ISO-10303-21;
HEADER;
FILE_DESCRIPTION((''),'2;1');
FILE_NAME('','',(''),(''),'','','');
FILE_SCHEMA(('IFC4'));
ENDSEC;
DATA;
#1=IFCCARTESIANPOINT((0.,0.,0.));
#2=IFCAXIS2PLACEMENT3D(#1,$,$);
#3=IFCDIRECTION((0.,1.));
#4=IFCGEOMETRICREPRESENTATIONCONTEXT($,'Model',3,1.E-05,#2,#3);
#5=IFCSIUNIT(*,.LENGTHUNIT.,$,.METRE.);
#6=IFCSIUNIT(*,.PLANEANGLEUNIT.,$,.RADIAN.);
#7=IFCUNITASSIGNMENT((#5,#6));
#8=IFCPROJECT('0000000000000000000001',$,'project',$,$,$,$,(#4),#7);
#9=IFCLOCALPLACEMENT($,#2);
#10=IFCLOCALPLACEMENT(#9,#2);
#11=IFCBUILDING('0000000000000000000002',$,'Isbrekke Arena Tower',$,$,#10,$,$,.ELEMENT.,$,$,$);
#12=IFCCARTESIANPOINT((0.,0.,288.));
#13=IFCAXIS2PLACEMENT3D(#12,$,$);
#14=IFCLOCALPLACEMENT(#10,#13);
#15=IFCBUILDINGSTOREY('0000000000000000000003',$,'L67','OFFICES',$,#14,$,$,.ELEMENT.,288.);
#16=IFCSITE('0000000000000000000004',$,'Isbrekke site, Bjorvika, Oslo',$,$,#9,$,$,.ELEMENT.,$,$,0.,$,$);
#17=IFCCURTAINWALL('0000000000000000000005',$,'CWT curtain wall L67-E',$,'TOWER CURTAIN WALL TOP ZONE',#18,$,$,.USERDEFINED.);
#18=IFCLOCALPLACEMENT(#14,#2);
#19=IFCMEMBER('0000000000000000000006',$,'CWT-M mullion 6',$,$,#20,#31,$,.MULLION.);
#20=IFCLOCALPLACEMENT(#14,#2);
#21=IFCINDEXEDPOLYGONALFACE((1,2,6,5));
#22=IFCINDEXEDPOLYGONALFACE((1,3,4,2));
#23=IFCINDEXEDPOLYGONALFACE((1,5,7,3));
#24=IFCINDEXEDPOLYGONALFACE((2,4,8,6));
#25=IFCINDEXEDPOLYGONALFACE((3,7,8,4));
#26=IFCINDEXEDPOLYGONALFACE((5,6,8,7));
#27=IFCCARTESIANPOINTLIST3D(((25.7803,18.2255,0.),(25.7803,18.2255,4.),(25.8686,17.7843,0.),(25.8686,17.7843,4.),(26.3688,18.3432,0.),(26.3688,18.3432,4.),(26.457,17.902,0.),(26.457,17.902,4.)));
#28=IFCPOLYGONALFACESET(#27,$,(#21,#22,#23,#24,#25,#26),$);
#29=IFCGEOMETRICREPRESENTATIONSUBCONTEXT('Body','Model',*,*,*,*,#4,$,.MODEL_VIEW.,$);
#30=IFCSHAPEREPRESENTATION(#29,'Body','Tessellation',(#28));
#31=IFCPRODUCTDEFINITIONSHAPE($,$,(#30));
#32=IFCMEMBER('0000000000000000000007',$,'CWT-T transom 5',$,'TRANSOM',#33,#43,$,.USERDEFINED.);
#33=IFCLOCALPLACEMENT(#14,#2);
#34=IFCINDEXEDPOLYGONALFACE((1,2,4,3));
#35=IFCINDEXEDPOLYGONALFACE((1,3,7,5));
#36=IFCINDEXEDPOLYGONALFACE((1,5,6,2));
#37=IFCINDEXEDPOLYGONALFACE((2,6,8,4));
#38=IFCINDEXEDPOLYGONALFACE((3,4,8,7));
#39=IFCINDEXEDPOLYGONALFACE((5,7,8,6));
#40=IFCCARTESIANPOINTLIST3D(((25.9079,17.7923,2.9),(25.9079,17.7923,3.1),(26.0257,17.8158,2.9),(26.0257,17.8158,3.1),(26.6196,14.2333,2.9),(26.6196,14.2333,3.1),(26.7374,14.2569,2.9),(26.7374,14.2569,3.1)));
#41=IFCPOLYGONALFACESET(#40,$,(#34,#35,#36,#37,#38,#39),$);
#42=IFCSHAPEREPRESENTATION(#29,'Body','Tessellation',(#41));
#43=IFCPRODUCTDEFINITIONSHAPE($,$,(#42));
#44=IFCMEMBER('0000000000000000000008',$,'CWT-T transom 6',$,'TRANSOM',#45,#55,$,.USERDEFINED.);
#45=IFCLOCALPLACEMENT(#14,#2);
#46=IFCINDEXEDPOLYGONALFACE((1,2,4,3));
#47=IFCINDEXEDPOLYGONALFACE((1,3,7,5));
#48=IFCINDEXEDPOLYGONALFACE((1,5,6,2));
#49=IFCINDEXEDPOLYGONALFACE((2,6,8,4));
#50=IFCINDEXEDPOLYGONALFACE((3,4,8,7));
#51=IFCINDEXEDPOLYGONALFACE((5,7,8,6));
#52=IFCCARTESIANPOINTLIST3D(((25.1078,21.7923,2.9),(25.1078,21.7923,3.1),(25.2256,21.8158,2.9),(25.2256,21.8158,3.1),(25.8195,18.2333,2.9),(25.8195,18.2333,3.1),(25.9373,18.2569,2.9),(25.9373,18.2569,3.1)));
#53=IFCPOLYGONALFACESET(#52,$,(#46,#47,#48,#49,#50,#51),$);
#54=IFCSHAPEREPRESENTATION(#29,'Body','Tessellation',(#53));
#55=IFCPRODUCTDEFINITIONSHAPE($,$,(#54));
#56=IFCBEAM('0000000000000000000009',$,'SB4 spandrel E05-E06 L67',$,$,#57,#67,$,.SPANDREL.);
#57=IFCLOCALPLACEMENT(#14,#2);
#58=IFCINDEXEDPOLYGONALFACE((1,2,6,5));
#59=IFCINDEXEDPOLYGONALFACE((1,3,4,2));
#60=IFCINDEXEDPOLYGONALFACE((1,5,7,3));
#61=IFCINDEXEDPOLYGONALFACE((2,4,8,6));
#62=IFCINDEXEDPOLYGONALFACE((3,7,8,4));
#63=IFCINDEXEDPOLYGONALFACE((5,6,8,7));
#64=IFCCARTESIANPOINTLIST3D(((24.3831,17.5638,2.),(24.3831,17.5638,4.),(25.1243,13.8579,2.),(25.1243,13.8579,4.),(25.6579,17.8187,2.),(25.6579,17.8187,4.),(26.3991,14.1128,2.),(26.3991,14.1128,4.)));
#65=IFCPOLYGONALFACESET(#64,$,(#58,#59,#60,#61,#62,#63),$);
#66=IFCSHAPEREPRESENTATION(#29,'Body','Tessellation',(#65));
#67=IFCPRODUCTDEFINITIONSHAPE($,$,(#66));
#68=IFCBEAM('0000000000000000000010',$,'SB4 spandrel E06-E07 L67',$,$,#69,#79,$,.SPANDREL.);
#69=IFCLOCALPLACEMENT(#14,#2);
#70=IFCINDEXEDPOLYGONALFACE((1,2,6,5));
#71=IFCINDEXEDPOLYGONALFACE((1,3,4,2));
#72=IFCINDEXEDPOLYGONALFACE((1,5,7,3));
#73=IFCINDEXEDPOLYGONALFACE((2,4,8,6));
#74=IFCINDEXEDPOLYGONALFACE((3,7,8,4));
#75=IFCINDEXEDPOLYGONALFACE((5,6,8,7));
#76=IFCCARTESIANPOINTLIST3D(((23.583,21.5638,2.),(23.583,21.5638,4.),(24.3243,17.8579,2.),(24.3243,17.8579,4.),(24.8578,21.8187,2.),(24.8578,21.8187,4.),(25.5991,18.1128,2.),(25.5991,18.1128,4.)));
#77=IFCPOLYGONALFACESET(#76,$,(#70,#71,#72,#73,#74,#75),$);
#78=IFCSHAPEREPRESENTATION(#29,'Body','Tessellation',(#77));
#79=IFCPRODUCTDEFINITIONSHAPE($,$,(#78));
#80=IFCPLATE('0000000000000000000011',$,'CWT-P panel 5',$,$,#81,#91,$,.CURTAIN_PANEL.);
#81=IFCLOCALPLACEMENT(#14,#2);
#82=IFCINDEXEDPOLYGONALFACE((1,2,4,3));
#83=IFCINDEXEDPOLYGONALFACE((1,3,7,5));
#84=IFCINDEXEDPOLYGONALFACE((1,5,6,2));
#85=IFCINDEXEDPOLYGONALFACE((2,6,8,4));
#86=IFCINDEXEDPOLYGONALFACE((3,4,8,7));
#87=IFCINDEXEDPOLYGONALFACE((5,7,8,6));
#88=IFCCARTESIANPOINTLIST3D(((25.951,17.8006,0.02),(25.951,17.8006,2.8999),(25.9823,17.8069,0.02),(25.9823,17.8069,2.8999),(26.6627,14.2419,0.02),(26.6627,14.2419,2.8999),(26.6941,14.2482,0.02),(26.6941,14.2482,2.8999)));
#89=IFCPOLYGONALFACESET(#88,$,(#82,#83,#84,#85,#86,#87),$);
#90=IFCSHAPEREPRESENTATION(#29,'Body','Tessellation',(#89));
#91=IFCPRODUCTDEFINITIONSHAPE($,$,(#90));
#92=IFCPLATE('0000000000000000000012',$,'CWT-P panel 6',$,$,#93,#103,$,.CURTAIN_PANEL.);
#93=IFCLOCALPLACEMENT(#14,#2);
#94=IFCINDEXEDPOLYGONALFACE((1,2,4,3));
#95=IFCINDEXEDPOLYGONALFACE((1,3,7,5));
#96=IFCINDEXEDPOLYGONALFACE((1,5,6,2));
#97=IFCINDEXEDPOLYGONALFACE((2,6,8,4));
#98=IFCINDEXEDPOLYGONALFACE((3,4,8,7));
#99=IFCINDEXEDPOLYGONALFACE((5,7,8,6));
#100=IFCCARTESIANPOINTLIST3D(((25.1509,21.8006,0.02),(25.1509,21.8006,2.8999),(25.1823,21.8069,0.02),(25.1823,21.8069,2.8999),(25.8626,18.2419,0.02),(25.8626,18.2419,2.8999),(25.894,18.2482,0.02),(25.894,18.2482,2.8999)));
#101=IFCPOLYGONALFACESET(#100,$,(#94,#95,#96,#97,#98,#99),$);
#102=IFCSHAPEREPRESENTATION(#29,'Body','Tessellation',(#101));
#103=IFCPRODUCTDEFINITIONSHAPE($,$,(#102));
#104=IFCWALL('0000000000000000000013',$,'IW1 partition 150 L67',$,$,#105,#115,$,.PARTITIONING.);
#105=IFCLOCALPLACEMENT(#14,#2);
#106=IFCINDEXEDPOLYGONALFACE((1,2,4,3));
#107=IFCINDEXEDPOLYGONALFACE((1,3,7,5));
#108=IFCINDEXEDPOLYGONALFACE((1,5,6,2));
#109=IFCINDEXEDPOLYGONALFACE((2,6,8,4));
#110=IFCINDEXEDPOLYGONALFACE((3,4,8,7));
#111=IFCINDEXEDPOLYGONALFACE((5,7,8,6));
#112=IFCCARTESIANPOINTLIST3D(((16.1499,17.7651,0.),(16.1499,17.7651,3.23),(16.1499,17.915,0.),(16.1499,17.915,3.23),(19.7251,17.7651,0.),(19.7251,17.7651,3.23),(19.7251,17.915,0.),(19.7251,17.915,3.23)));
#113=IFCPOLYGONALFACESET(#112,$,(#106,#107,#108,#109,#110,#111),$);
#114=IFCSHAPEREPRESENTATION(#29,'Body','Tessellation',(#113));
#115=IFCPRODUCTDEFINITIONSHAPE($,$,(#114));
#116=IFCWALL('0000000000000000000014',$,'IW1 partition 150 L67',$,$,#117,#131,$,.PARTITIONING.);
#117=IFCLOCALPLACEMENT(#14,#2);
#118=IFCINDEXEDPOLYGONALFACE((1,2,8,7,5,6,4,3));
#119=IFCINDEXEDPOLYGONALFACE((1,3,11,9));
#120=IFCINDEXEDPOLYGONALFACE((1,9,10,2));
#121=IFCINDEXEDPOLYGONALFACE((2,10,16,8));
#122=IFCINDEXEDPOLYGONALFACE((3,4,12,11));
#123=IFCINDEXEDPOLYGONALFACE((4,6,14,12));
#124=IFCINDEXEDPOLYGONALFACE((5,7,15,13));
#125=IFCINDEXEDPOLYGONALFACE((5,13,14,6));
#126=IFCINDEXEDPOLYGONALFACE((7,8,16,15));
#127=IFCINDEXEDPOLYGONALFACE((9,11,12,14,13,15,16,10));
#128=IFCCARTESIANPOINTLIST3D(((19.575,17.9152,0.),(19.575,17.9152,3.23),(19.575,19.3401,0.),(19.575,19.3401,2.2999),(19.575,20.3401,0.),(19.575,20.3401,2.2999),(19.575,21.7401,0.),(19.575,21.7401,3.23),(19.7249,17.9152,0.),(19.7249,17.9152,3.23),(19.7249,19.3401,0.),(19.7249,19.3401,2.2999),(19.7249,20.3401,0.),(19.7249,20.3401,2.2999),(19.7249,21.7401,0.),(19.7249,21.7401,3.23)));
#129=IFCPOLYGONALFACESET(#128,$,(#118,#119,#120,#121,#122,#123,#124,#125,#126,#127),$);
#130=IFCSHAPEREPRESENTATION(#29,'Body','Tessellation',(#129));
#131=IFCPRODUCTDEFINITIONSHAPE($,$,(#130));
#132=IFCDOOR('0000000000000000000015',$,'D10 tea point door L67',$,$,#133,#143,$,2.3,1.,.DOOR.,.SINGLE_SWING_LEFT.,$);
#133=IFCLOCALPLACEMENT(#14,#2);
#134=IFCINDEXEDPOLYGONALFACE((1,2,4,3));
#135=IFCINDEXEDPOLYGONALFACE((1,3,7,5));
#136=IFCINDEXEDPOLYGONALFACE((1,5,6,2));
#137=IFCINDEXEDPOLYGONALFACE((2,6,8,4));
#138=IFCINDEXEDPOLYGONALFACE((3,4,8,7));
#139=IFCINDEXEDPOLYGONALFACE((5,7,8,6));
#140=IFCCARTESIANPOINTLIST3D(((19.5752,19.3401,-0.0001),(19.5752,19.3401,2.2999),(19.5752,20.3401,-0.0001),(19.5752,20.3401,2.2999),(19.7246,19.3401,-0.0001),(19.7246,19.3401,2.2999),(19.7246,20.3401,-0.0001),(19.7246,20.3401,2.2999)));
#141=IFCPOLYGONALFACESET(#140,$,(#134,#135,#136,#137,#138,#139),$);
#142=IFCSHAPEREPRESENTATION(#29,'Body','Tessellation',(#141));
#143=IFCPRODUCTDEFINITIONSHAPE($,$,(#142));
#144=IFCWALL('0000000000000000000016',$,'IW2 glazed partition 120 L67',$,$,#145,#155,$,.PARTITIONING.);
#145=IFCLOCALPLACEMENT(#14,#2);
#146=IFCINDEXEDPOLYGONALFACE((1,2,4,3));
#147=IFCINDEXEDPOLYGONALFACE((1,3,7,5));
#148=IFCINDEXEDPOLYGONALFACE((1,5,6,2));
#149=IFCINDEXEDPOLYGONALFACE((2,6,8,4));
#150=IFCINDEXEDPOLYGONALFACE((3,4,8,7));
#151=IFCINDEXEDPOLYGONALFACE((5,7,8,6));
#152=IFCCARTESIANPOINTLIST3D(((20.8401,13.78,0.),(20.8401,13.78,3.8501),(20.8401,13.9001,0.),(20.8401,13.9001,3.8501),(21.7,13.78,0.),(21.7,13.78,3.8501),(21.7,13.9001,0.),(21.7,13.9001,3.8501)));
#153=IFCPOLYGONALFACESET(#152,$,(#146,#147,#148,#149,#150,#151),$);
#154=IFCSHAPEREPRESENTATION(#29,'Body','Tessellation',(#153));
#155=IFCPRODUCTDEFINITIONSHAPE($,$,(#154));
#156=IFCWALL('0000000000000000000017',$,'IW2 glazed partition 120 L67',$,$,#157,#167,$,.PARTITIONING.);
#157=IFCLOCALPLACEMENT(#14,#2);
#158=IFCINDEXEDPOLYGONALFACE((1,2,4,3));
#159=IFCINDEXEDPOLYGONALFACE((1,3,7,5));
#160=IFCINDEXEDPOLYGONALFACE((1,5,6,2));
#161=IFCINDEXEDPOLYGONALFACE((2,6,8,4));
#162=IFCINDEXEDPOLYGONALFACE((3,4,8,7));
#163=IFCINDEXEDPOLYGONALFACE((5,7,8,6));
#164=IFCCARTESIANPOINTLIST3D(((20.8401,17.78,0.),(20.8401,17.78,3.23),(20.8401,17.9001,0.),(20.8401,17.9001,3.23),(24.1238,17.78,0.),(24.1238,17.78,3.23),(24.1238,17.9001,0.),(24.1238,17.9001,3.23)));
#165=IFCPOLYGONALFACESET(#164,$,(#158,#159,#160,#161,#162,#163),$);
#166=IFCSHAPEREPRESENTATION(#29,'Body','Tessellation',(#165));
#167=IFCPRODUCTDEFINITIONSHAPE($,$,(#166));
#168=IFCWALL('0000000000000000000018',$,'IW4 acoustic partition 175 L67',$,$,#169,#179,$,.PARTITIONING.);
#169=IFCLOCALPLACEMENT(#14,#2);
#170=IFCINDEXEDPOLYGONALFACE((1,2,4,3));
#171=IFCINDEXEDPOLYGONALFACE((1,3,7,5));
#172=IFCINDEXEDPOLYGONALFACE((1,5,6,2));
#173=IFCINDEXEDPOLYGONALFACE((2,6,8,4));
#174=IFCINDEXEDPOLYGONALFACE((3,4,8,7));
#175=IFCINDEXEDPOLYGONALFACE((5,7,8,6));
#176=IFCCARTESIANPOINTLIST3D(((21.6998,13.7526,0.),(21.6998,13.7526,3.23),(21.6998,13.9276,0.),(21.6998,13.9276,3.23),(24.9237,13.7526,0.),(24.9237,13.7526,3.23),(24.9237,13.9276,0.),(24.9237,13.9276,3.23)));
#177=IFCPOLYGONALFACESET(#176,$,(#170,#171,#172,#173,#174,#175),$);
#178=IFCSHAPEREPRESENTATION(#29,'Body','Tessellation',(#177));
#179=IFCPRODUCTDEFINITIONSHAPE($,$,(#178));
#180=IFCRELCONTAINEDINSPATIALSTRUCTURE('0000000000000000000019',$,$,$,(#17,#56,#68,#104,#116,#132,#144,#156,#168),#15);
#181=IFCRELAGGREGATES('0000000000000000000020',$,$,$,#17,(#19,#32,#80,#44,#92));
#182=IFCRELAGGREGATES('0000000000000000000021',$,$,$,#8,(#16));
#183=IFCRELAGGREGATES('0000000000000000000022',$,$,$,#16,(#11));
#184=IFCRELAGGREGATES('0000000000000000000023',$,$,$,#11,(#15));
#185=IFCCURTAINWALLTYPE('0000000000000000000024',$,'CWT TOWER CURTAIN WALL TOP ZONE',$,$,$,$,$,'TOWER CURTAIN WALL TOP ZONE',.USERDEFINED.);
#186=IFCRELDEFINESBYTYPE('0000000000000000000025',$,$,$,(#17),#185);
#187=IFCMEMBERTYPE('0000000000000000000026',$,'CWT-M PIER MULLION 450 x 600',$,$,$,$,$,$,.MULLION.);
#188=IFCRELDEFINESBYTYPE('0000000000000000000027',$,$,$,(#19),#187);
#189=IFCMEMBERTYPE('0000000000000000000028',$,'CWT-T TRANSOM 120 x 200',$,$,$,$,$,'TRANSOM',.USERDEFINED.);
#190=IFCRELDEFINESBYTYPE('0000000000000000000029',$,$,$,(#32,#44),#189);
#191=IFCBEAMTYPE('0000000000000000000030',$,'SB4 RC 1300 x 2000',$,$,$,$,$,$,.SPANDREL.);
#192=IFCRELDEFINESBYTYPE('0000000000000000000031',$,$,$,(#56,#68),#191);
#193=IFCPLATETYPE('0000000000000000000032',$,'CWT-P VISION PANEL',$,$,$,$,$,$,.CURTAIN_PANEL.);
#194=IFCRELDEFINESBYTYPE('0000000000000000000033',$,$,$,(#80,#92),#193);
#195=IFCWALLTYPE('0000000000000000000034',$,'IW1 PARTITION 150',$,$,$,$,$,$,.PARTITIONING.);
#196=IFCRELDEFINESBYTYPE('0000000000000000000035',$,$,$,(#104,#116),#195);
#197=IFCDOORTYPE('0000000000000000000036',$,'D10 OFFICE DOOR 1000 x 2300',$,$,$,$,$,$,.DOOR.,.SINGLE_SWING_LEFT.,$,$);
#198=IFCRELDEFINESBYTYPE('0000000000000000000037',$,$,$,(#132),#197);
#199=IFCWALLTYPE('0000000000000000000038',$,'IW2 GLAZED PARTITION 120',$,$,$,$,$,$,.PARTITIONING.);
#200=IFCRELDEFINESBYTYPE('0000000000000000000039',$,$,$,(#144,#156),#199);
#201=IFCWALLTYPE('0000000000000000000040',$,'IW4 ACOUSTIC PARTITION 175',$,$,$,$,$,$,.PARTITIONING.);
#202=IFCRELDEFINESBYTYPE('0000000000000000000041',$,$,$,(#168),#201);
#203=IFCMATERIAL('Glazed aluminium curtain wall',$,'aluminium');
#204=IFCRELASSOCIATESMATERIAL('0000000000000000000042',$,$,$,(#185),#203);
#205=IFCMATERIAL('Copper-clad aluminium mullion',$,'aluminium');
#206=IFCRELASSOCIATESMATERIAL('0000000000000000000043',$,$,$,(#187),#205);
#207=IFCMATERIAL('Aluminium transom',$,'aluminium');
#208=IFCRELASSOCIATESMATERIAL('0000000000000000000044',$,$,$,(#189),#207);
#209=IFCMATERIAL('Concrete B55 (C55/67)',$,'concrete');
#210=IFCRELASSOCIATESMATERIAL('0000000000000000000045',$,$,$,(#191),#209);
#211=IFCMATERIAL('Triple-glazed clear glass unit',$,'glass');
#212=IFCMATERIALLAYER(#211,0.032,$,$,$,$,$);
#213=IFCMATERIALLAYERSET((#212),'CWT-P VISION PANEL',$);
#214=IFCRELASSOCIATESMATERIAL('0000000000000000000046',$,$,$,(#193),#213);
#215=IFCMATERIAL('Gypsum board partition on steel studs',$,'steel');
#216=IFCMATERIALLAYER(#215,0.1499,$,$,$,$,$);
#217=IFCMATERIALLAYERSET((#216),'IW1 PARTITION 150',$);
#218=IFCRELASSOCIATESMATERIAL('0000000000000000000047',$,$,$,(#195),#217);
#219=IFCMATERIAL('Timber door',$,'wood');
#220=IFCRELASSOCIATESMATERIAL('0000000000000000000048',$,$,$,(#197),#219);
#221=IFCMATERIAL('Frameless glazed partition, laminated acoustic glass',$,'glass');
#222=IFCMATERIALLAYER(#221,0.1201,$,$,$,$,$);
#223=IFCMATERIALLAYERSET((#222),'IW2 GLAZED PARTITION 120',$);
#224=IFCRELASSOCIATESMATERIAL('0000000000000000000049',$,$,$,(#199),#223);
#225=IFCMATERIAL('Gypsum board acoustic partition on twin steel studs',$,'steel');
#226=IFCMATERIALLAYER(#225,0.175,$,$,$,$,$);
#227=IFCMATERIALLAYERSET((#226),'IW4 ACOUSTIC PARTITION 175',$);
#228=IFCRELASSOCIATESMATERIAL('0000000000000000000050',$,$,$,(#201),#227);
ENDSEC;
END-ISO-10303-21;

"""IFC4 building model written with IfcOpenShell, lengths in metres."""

from ifc_helpers import new_model, si_unit, direction, frame, frame_2d, origin, origin_2d, place, context, subcontext, project, spatial, rectangle, extrude, material, layer, layer_set, material_profile, profile_set, type_object, element, fill, aggregate, save


model = new_model("IFC4")

# Units and contexts
model_context = context("Model", 3, precision=1e-05, world=origin(), true_north=direction((0.0, 1.0)))
body_context = subcontext(model_context, "Body", "Model", "MODEL_VIEW")
ifc_project = project(units=[si_unit("LENGTHUNIT", "METRE"), si_unit("PLANEANGLEUNIT", "RADIAN")], contexts=[model_context])

# Site, building, storey
site_placement = place(None, origin())
site = spatial("IfcSite", under=ifc_project, at=site_placement, Name="Isbrekke site, Bjorvika, Oslo", CompositionType="ELEMENT", RefElevation=0.0)
building_placement = place(site_placement, origin())
building = spatial("IfcBuilding", under=site, at=building_placement, Name="Isbrekke Arena Tower", CompositionType="ELEMENT")
storey_placement = place(building_placement, frame((0.0, 0.0, 288.0)))
storey = spatial("IfcBuildingStorey", under=building, at=storey_placement, Name="L67", Description="OFFICES", CompositionType="ELEMENT", Elevation=288.0)

# Curtain wall, members
ifc_material_1 = material(Name="Glazed aluminium curtain wall", Category="aluminium")
curtain_wall_type = type_object("IfcCurtainWallType", Name="CWT TOWER CURTAIN WALL TOP ZONE", ElementType="TOWER CURTAIN WALL TOP ZONE", PredefinedType="USERDEFINED", material=ifc_material_1)
curtain_wall_placement = place(storey_placement, origin())
curtain_wall = element("IfcCurtainWall", 1, at=curtain_wall_placement, inside=storey, type_object=curtain_wall_type, Name="CWT curtain wall L67-E", ObjectType="TOWER CURTAIN WALL TOP ZONE", PredefinedType="USERDEFINED")
ifc_material_2 = material(Name="Copper-clad aluminium mullion", Category="aluminium")
ifc_material_profile_1 = material_profile(ifc_material_2, rectangle(XDim=0.45, YDim=0.6001, at=origin_2d()), Name="PIER 450X600")
ifc_profile_set_1 = profile_set([ifc_material_profile_1], Name="Copper-clad aluminium mullion")
member_type_1 = type_object("IfcMemberType", Name="CWT-M PIER MULLION 450 x 600", PredefinedType="MULLION", material=ifc_profile_set_1)
member_1_placement = place(storey_placement, frame((26.1187, 18.0637, 0.0), z_axis=(0.0, 0.0, 1.0), x_axis=(-0.196116, 0.980581, 0.0)))
member_1 = element("IfcMember", 2, at=member_1_placement, type_object=member_type_1, Name="CWT-M mullion 6", PredefinedType="MULLION", context=body_context, shape_type="SweptSolid", body=[
    extrude(rectangle(XDim=0.45, YDim=0.6001, at=origin_2d()), origin(), (0.0, 0.0, 1.0), 4.0),
])
ifc_material_3 = material(Name="Aluminium transom", Category="aluminium")
ifc_material_profile_2 = material_profile(ifc_material_3, rectangle(XDim=0.1201, YDim=0.2, at=origin_2d()), Name="TRANSOM 120X200")
ifc_profile_set_2 = profile_set([ifc_material_profile_2], Name="Aluminium transom")
member_type_2 = type_object("IfcMemberType", Name="CWT-T TRANSOM 120 x 200", ElementType="TRANSOM", PredefinedType="USERDEFINED", material=ifc_profile_set_2)
member_2_placement = place(storey_placement, frame((26.6785, 14.2451, 3.0), z_axis=(-0.19609, 0.980586, 0.0), x_axis=(-0.980586, -0.19609, 0.0)))
member_2 = element("IfcMember", 3, at=member_2_placement, type_object=member_type_2, Name="CWT-T transom 5", ObjectType="TRANSOM", PredefinedType="USERDEFINED", context=body_context, shape_type="SweptSolid", body=[
    extrude(rectangle(XDim=0.1201, YDim=0.2, at=origin_2d()), origin(), (0.0, 0.0, 1.0), 3.6294),
])
member_3_placement = place(storey_placement, frame((25.8784, 18.2451, 3.0), z_axis=(-0.19609, 0.980586, 0.0), x_axis=(-0.980586, -0.19609, 0.0)))
member_3 = element("IfcMember", 4, at=member_3_placement, type_object=member_type_2, Name="CWT-T transom 6", ObjectType="TRANSOM", PredefinedType="USERDEFINED", context=body_context, shape_type="SweptSolid", body=[
    extrude(rectangle(XDim=0.1201, YDim=0.2, at=origin_2d()), origin(), (0.0, 0.0, 1.0), 3.6294),
])

# Beams
ifc_material_4 = material(Name="Concrete B55 (C55/67)", Category="concrete")
ifc_material_profile_3 = material_profile(ifc_material_4, rectangle(XDim=1.3, YDim=2.0, at=origin_2d()), Name="RC 1300x2000")
ifc_profile_set_3 = profile_set([ifc_material_profile_3], Name="Concrete B55 (C55/67)")
beam_type_1 = type_object("IfcBeamType", Name="SB4 RC 1300 x 2000", PredefinedType="SPANDREL", material=ifc_profile_set_3)
for number, where, z_axis, x_axis, name in (
    (5, (25.7617, 13.9854, 3.0), (-0.196129, 0.980578, 0.0), (-0.980578, -0.196129, 0.0), "SB4 spandrel E05-E06 L67"),
    (6, (24.9617, 17.9854, 3.0), (-0.196129, 0.980578, 0.0), (-0.980578, -0.196129, 0.0), "SB4 spandrel E06-E07 L67"),
):
    element("IfcBeam", number, at=place(storey_placement, frame(where, z_axis=z_axis, x_axis=x_axis)), inside=storey, type_object=beam_type_1, Name=name, PredefinedType="SPANDREL", context=body_context, shape_type="SweptSolid", body=[
        extrude(rectangle(XDim=1.3, YDim=2.0, at=origin_2d()), origin(), (0.0, 0.0, 1.0), 3.7793),
    ])

# Plates
ifc_material_5 = material(Name="Triple-glazed clear glass unit", Category="glass")
ifc_layer_1 = layer(ifc_material_5, 0.032)
ifc_layer_set_1 = layer_set([ifc_layer_1], Name="CWT-P VISION PANEL")
plate_type = type_object("IfcPlateType", Name="CWT-P VISION PANEL", PredefinedType="CURTAIN_PANEL", material=ifc_layer_set_1)
plate_1_placement = place(storey_placement, frame((26.3225, 16.0244, 0.02), z_axis=(0.0, 0.0, 1.0), x_axis=(-0.196116, 0.980581, 0.0)))
plate_1 = element("IfcPlate", 7, at=plate_1_placement, type_object=plate_type, Name="CWT-P panel 5", PredefinedType="CURTAIN_PANEL", context=body_context, shape_type="SweptSolid", body=[
    extrude(rectangle(XDim=3.6292, YDim=0.032, at=origin_2d()), origin(), (0.0, 0.0, 1.0), 2.8799),
])
plate_2_placement = place(storey_placement, frame((25.5225, 20.0244, 0.02), z_axis=(0.0, 0.0, 1.0), x_axis=(-0.196116, 0.980581, 0.0)))
plate_2 = element("IfcPlate", 8, at=plate_2_placement, type_object=plate_type, Name="CWT-P panel 6", PredefinedType="CURTAIN_PANEL", context=body_context, shape_type="SweptSolid", body=[
    extrude(rectangle(XDim=3.6292, YDim=0.032, at=origin_2d()), origin(), (0.0, 0.0, 1.0), 2.8799),
])
aggregate(curtain_wall, [member_1, member_2, plate_1, member_3, plate_2])

# Wall
ifc_material_6 = material(Name="Gypsum board partition on steel studs", Category="steel")
ifc_layer_2 = layer(ifc_material_6, 0.1499)
ifc_layer_set_2 = layer_set([ifc_layer_2], Name="IW1 PARTITION 150")
wall_type_1 = type_object("IfcWallType", Name="IW1 PARTITION 150", PredefinedType="PARTITIONING", material=ifc_layer_set_2)
wall_1_placement = place(storey_placement, frame((16.1499, 17.8401, 0.0), z_axis=(0.0, 0.0, 1.0), x_axis=(1.0, 0.0, 0.0)))
element("IfcWall", 9, at=wall_1_placement, inside=storey, type_object=wall_type_1, Name="IW1 partition 150 L67", PredefinedType="PARTITIONING", context=body_context, shape_type="SweptSolid", body=[
    extrude(rectangle(XDim=3.5752, YDim=0.1499, at=frame_2d((1.7876, 0.0))), origin(), (0.0, 0.0, 1.0), 3.23),
])

# Wall, opening, door
wall_2_placement = place(storey_placement, frame((19.6499, 17.915, 0.0), z_axis=(0.0, 0.0, 1.0), x_axis=(0.0, 1.0, 0.0)))
wall_2 = element("IfcWall", 10, at=wall_2_placement, inside=storey, type_object=wall_type_1, Name="IW1 partition 150 L67", PredefinedType="PARTITIONING", context=body_context, shape_type="SweptSolid", body=[
    extrude(rectangle(XDim=3.825, YDim=0.1499, at=frame_2d((1.9126, 0.0))), origin(), (0.0, 0.0, 1.0), 3.23),
])
opening_1_placement = place(wall_2_placement, frame((1.425, 0.0, 0.0)))
opening_1 = element("IfcOpeningElement", 11, at=opening_1_placement, cuts=wall_2, PredefinedType="OPENING", context=body_context, shape_type="SweptSolid", body=[
    extrude(rectangle(XDim=1.0, YDim=2.3, at=frame_2d((0.5, 1.1499))), frame((0.0, 0.0898, 0.0), z_axis=(0.0, -1.0, 0.0), x_axis=(1.0, 0.0, 0.0)), (0.0, 0.0, 1.0), 0.1797),
])
ifc_material_7 = material(Name="Timber door", Category="wood")
door_type_1 = type_object("IfcDoorType", Name="D10 OFFICE DOOR 1000 x 2300", OperationType="SINGLE_SWING_LEFT", PredefinedType="DOOR", material=ifc_material_7)
door_1_placement = place(opening_1_placement, origin())
door_1 = element("IfcDoor", 12, at=door_1_placement, inside=storey, type_object=door_type_1, Name="D10 tea point door L67", OperationType="SINGLE_SWING_LEFT", OverallHeight=2.3, OverallWidth=1.0, PredefinedType="DOOR", context=body_context, shape_type="SweptSolid", body=[
    extrude(rectangle(XDim=1.0, YDim=2.3, at=frame_2d((0.5, 1.1499))), frame((0.0, 0.0747, 0.0), z_axis=(0.0, -1.0, 0.0), x_axis=(1.0, 0.0, 0.0)), (0.0, 0.0, 1.0), 0.1494),
])
fill(opening_1, door_1)

# Walls
ifc_material_8 = material(Name="Frameless glazed partition, laminated acoustic glass", Category="glass")
ifc_layer_3 = layer(ifc_material_8, 0.1201)
ifc_layer_set_3 = layer_set([ifc_layer_3], Name="IW2 GLAZED PARTITION 120")
wall_type_2 = type_object("IfcWallType", Name="IW2 GLAZED PARTITION 120", PredefinedType="PARTITIONING", material=ifc_layer_set_3)
wall_3_placement = place(storey_placement, frame((20.8401, 13.8401, 0.0), z_axis=(0.0, 0.0, 1.0), x_axis=(1.0, 0.0, 0.0)))
element("IfcWall", 13, at=wall_3_placement, inside=storey, type_object=wall_type_2, Name="IW2 glazed partition 120 L67", PredefinedType="PARTITIONING", context=body_context, shape_type="SweptSolid", body=[
    extrude(rectangle(XDim=0.8599, YDim=0.1201, at=frame_2d((0.4299, 0.0))), origin(), (0.0, 0.0, 1.0), 3.8501),
])
wall_4_placement = place(storey_placement, frame((20.8401, 17.8401, 0.0), z_axis=(0.0, 0.0, 1.0), x_axis=(1.0, 0.0, 0.0)))
element("IfcWall", 14, at=wall_4_placement, inside=storey, type_object=wall_type_2, Name="IW2 glazed partition 120 L67", PredefinedType="PARTITIONING", context=body_context, shape_type="SweptSolid", body=[
    extrude(rectangle(XDim=3.2837, YDim=0.1201, at=frame_2d((1.6418, 0.0))), origin(), (0.0, 0.0, 1.0), 3.23),
])

# Wall
ifc_material_9 = material(Name="Gypsum board acoustic partition on twin steel studs", Category="steel")
ifc_layer_4 = layer(ifc_material_9, 0.175)
ifc_layer_set_4 = layer_set([ifc_layer_4], Name="IW4 ACOUSTIC PARTITION 175")
wall_type_3 = type_object("IfcWallType", Name="IW4 ACOUSTIC PARTITION 175", PredefinedType="PARTITIONING", material=ifc_layer_set_4)
wall_5_placement = place(storey_placement, frame((21.7, 13.8401, 0.0), z_axis=(0.0, 0.0, 1.0), x_axis=(1.0, 0.0, 0.0)))
element("IfcWall", 15, at=wall_5_placement, inside=storey, type_object=wall_type_3, Name="IW4 acoustic partition 175 L67", PredefinedType="PARTITIONING", context=body_context, shape_type="SweptSolid", body=[
    extrude(rectangle(XDim=3.2239, YDim=0.175, at=frame_2d((1.6118, 0.0))), origin(), (0.0, 0.0, 1.0), 3.23),
])

save(model, "model.ifc")
